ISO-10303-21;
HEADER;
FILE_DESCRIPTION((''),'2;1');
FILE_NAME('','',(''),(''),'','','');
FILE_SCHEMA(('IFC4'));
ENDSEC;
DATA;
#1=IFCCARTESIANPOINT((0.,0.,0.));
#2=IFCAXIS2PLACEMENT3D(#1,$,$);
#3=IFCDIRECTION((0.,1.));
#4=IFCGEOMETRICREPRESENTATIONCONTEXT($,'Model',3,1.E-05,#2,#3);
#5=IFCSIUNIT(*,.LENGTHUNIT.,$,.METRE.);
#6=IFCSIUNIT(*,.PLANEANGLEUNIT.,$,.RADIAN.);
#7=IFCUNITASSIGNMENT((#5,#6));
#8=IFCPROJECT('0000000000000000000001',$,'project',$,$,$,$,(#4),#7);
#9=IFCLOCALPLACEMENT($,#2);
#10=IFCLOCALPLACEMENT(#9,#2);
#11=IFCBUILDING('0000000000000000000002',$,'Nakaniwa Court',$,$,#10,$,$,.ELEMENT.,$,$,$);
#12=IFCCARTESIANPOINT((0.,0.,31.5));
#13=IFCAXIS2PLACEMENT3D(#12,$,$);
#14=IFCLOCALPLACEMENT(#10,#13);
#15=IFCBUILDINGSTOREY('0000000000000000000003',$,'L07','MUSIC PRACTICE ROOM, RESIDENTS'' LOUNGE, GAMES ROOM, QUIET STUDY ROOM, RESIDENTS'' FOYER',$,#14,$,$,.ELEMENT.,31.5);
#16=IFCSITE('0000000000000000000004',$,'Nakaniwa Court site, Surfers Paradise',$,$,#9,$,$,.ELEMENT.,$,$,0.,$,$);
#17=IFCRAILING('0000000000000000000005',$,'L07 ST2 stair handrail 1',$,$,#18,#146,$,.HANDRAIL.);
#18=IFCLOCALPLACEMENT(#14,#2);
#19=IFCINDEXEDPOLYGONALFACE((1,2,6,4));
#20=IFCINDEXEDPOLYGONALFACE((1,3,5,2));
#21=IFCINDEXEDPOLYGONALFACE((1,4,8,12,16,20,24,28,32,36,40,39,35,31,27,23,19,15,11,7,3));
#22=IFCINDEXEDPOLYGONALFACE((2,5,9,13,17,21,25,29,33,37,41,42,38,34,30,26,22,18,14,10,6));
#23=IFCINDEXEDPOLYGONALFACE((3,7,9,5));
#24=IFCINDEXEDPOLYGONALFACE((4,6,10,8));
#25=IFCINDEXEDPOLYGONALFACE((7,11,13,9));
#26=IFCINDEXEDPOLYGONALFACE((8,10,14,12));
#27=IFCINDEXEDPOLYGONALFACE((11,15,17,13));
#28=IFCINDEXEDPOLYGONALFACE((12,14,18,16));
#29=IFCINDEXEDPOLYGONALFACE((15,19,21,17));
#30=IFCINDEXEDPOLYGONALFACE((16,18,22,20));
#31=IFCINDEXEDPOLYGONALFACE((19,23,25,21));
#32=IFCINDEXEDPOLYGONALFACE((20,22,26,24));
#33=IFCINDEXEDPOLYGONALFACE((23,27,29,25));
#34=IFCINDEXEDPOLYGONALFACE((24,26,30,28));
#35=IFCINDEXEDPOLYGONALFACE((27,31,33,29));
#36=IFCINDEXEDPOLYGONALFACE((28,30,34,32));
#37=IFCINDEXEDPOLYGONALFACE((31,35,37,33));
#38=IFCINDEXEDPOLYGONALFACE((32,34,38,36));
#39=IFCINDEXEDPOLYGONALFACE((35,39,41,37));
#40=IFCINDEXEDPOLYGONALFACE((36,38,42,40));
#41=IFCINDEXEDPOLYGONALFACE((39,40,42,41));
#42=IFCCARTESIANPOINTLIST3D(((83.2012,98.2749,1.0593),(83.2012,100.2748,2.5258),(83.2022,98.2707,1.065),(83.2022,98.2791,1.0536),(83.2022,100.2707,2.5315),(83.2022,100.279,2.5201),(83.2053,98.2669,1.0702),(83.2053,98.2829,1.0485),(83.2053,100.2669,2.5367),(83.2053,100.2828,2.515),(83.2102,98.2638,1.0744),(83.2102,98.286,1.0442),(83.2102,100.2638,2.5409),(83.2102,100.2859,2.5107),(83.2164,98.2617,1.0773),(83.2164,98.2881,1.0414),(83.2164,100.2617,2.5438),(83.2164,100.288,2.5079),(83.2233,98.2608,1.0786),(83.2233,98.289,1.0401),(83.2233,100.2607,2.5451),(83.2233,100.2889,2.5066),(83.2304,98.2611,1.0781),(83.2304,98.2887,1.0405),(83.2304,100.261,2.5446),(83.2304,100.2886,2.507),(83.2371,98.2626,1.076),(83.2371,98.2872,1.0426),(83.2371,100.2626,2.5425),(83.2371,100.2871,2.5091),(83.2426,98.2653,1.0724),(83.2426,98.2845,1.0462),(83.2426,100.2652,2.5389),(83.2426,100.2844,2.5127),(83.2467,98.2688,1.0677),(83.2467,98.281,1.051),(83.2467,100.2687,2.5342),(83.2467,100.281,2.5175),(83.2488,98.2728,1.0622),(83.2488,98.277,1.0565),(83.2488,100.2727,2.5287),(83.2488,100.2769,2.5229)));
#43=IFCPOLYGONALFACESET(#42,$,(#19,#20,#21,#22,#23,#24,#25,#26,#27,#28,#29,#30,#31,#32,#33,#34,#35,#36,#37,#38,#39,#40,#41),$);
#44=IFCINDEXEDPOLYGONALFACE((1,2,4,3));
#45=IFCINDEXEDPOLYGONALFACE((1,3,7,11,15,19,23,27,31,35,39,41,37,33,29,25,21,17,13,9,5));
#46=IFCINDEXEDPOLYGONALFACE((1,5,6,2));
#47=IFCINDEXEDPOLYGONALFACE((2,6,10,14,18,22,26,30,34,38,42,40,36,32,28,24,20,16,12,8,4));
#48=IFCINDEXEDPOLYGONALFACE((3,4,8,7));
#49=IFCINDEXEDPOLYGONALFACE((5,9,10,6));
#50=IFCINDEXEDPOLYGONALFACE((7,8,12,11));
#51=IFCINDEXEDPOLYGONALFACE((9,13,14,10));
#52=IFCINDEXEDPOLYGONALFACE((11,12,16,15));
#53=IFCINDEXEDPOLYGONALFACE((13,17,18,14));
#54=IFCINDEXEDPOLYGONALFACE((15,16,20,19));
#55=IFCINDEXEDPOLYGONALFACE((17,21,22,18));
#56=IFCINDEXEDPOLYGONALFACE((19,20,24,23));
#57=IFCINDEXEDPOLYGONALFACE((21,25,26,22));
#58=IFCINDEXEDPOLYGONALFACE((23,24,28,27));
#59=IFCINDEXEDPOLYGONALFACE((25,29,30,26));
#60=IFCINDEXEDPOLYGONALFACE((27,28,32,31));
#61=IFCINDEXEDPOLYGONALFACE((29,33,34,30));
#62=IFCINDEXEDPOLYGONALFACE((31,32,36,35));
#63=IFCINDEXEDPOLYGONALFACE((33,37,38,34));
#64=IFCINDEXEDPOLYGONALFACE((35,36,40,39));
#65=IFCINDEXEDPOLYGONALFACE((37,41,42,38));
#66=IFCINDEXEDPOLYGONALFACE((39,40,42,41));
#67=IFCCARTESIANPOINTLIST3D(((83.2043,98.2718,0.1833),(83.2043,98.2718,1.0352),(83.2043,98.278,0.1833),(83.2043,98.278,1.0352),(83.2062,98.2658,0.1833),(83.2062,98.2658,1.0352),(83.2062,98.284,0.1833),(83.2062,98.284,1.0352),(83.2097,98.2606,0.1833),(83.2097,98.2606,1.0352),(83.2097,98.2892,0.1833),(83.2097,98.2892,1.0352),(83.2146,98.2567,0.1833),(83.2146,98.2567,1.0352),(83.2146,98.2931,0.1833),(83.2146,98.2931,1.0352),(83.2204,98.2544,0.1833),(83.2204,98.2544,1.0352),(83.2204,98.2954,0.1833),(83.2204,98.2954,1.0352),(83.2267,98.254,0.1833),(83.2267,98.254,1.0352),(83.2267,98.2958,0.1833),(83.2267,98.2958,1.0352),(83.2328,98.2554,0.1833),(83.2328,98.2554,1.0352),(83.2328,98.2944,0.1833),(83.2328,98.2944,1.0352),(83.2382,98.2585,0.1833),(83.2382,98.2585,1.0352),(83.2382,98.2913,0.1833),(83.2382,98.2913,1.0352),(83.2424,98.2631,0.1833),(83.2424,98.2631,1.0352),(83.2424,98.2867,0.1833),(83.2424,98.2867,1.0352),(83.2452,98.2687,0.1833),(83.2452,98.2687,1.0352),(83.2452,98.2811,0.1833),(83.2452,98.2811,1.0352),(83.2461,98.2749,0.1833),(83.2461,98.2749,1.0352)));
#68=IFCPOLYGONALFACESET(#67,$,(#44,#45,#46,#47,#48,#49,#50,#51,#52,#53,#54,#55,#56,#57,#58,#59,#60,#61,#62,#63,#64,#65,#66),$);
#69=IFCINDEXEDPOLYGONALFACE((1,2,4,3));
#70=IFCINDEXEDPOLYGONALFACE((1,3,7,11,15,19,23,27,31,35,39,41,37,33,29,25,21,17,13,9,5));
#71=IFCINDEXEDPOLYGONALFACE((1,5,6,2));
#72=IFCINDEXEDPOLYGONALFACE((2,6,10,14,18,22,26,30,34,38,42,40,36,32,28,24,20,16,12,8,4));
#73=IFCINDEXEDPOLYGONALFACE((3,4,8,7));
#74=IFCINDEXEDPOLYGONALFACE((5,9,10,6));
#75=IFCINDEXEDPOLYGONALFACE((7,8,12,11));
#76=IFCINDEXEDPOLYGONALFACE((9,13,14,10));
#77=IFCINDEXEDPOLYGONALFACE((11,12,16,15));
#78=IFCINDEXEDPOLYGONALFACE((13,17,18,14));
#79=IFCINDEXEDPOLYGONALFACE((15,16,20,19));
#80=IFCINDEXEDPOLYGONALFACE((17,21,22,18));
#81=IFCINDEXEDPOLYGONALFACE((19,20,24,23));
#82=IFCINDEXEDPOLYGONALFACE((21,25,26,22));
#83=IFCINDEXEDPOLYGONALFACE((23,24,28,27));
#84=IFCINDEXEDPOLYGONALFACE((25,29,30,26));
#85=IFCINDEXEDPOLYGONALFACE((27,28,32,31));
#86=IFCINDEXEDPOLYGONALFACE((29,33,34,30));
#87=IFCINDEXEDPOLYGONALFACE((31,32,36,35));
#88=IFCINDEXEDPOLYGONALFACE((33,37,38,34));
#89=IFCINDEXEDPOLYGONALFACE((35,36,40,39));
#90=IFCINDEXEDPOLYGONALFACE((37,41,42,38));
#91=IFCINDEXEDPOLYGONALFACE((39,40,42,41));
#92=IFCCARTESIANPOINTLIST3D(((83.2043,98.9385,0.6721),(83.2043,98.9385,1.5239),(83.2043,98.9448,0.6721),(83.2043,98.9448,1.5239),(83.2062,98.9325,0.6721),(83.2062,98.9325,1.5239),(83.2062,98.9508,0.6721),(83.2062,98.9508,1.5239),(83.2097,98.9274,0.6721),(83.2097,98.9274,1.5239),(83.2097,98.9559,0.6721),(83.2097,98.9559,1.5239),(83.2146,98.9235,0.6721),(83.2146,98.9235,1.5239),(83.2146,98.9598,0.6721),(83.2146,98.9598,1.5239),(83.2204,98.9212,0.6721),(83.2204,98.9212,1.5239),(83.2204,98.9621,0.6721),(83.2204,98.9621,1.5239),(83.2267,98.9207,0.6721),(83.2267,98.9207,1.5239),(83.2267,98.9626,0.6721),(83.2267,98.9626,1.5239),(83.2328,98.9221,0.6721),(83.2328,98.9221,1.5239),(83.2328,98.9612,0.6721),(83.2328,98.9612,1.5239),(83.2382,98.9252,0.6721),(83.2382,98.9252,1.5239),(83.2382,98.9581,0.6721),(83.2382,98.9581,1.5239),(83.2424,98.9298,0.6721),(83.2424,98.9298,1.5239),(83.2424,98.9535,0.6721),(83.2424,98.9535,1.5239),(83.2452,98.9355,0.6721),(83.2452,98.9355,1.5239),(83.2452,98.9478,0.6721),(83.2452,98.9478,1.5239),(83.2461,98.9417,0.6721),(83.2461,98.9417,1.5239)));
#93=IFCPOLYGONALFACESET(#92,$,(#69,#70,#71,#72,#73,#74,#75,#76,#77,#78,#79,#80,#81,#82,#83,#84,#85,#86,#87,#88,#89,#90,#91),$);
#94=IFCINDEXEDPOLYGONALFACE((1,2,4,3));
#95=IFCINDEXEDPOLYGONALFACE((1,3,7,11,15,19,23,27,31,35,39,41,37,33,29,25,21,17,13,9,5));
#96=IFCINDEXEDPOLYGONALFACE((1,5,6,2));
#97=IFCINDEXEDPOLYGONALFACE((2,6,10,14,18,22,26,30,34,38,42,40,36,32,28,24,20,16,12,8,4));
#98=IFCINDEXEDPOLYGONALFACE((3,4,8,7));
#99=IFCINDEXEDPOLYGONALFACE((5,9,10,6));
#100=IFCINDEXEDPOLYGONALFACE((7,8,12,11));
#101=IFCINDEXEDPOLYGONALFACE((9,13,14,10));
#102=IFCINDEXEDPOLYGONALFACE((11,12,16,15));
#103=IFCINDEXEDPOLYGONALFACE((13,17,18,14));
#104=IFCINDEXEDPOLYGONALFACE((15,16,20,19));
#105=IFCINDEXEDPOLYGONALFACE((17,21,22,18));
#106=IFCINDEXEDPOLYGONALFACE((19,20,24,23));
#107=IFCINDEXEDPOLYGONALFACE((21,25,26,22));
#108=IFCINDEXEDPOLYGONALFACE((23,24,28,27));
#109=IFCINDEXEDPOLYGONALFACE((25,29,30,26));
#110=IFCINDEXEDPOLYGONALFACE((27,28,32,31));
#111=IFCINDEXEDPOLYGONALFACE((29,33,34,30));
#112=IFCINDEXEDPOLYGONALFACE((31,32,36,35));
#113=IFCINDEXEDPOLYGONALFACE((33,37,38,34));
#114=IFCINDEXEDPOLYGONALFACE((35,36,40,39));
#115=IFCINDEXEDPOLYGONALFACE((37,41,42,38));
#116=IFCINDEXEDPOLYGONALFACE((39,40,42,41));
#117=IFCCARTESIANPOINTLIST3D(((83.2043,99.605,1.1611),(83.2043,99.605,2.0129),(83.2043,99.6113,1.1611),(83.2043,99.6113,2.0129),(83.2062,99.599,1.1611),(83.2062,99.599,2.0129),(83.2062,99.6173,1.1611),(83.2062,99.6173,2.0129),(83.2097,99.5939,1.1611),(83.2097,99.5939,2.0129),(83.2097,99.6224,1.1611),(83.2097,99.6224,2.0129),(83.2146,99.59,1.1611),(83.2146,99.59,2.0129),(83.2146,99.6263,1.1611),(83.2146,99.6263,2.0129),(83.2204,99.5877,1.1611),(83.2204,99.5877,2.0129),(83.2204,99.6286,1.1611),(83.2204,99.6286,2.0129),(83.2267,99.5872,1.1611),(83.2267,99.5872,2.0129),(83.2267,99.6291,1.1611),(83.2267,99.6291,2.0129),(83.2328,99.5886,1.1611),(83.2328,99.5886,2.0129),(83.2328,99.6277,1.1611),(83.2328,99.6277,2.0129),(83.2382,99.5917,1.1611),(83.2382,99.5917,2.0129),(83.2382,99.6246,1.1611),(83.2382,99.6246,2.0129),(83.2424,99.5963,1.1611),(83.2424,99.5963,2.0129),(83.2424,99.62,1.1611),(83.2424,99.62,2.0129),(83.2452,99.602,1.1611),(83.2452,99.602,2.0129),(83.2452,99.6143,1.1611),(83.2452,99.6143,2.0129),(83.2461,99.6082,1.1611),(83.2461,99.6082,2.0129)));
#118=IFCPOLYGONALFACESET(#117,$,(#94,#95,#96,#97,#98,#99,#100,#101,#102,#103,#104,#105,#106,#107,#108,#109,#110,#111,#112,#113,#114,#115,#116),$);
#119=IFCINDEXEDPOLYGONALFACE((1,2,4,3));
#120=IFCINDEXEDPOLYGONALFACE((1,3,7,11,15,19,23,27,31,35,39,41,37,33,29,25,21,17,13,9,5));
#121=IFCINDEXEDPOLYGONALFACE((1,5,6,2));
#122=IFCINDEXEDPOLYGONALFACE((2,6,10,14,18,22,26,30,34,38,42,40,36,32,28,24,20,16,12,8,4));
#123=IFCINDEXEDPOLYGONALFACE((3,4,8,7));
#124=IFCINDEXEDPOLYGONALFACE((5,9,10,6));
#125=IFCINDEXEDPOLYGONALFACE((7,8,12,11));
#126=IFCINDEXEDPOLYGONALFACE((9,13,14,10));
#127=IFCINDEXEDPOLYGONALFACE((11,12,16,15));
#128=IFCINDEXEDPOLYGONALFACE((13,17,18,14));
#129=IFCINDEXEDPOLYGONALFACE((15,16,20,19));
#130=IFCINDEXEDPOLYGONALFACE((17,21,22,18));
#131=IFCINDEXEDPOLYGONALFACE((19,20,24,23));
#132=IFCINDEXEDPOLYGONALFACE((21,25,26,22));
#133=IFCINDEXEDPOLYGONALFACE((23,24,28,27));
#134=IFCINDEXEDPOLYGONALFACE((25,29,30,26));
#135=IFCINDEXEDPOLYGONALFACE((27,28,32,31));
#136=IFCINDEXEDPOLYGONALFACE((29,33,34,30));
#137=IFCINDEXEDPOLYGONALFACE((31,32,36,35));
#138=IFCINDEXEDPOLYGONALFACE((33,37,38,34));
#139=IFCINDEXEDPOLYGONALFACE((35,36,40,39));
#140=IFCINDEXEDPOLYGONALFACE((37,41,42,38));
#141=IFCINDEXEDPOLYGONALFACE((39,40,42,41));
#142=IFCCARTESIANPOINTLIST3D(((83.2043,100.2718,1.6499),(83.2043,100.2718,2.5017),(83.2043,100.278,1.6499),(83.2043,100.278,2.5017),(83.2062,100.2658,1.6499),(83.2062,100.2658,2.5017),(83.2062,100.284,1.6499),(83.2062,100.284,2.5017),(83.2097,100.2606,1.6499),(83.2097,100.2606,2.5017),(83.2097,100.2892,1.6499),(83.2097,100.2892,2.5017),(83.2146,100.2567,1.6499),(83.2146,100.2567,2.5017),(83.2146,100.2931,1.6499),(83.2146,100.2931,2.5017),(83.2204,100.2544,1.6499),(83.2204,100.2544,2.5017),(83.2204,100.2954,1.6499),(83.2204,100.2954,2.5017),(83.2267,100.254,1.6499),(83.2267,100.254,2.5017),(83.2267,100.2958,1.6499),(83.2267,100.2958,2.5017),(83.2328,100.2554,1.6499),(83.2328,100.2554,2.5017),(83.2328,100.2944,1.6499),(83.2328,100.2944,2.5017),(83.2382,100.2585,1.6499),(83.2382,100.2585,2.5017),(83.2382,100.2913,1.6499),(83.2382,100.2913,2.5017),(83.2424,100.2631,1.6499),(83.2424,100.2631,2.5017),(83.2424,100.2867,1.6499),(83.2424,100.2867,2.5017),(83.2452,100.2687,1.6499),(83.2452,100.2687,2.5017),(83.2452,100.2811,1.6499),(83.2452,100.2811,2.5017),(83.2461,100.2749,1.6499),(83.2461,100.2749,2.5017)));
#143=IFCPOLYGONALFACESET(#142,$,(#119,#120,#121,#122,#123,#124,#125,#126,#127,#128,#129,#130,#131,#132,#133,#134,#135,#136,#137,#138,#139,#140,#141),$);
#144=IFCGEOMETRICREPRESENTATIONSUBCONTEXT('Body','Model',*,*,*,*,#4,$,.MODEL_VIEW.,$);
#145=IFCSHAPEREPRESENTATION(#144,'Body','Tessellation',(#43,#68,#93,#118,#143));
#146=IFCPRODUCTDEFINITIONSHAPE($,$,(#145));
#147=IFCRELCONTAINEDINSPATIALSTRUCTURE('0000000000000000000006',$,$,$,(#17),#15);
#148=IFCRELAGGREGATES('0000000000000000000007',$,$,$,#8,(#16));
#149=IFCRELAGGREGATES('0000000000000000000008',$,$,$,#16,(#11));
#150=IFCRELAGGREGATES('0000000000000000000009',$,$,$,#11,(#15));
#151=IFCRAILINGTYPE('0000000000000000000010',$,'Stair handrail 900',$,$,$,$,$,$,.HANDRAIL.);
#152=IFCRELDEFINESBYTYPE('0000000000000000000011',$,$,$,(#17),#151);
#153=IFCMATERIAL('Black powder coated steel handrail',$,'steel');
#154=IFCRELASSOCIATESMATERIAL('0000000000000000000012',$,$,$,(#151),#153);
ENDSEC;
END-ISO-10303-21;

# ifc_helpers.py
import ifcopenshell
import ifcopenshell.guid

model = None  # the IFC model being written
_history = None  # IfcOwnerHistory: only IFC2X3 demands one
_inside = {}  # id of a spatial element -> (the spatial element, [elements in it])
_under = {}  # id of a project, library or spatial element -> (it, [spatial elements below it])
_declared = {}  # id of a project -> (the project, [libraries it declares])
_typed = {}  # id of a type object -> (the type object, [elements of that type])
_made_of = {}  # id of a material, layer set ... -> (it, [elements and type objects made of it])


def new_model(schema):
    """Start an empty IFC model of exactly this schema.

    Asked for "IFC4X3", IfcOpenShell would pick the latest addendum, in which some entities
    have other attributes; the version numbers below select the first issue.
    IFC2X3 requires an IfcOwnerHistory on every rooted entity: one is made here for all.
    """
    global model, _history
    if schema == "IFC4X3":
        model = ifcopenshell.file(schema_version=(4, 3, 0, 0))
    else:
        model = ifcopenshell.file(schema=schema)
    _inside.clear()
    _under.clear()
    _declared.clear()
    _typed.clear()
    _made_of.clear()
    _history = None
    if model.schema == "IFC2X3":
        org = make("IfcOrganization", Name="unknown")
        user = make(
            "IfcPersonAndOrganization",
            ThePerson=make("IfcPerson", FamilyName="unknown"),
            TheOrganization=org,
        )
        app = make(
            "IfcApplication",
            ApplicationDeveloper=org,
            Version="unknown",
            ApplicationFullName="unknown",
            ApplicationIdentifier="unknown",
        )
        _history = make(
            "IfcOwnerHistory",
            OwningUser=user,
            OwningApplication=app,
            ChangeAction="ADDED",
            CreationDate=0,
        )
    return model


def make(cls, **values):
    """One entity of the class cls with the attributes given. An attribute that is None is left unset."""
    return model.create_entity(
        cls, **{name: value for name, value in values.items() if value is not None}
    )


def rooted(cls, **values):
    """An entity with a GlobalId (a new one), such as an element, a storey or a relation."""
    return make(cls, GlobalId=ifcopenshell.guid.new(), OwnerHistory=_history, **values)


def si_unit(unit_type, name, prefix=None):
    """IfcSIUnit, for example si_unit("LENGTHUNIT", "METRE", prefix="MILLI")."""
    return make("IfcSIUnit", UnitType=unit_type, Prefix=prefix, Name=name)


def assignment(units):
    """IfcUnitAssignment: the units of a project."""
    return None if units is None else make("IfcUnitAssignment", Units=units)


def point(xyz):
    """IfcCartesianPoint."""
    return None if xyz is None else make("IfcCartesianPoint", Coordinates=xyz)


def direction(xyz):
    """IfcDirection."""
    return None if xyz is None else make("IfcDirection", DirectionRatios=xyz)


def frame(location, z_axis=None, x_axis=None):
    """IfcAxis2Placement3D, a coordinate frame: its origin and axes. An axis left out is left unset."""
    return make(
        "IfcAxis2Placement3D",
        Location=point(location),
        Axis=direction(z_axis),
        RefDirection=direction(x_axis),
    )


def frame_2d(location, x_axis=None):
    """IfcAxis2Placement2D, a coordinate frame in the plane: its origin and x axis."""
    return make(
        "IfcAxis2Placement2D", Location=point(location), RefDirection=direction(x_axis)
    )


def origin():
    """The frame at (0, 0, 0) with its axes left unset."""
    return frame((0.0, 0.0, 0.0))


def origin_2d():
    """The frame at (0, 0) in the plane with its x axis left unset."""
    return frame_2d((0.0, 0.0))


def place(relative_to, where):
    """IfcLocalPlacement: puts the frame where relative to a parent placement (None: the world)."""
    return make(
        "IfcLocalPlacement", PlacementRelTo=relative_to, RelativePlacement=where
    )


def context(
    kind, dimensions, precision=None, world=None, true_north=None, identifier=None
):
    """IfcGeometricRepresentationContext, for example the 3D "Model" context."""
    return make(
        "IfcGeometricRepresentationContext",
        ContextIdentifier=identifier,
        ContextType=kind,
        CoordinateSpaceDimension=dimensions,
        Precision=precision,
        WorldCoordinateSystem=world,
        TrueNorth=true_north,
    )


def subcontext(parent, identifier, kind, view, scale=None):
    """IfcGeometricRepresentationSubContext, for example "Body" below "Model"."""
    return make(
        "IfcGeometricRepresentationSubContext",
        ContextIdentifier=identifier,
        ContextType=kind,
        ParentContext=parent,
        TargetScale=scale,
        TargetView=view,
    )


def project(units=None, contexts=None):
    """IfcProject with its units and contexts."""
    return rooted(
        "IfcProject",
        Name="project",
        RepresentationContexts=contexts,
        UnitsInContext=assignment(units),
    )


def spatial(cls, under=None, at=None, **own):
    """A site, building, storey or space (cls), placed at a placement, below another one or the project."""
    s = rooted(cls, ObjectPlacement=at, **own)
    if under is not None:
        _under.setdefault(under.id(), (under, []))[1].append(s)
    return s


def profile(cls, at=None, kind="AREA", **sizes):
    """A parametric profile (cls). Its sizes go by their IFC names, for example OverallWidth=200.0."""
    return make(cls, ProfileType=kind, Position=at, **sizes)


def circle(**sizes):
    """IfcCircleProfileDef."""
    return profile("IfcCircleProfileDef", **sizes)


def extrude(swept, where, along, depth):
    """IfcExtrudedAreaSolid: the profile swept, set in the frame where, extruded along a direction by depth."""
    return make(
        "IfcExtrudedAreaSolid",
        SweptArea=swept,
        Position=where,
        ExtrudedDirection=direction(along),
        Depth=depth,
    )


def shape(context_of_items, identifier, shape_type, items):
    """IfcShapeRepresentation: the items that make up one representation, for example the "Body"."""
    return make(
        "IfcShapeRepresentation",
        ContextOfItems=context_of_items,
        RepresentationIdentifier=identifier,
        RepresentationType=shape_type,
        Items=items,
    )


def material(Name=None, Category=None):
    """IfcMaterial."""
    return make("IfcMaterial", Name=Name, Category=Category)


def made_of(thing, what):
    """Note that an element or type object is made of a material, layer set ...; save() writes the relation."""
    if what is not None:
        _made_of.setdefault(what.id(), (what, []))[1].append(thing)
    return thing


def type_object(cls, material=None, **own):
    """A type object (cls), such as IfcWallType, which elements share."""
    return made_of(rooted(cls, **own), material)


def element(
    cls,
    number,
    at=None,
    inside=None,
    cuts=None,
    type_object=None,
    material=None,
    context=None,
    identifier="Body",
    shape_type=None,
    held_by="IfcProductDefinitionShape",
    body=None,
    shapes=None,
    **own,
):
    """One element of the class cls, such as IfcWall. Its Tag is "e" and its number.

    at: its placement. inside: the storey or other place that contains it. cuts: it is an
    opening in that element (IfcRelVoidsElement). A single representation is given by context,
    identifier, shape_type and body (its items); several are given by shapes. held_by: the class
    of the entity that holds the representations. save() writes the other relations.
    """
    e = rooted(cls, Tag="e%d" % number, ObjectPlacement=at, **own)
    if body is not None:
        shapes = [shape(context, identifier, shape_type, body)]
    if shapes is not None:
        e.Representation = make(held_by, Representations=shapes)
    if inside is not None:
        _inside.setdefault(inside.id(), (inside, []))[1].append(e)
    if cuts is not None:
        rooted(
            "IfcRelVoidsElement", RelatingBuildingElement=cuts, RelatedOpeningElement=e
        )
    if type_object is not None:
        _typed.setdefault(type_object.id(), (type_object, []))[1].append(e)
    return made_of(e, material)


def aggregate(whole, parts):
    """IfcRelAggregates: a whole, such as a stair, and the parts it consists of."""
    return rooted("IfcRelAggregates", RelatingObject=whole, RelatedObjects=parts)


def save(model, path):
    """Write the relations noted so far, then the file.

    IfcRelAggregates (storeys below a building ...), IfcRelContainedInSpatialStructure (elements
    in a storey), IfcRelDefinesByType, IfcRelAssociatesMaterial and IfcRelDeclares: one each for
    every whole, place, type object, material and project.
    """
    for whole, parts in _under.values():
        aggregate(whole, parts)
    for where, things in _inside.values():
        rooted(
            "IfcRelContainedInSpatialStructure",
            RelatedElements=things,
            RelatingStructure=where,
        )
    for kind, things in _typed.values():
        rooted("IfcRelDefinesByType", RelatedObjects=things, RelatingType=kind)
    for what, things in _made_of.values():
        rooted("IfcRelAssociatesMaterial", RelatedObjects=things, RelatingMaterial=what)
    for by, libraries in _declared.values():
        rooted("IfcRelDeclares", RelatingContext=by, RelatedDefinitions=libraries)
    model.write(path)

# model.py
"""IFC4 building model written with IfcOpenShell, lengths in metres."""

from ifc_helpers import new_model, si_unit, direction, frame, origin, origin_2d, place, context, subcontext, project, spatial, circle, extrude, material, type_object, element, save


model = new_model("IFC4")

# Units and contexts
model_context = context("Model", 3, precision=1e-05, world=origin(), true_north=direction((0.0, 1.0)))
body_context = subcontext(model_context, "Body", "Model", "MODEL_VIEW")
ifc_project = project(units=[si_unit("LENGTHUNIT", "METRE"), si_unit("PLANEANGLEUNIT", "RADIAN")], contexts=[model_context])

# Site, building, storey
site_placement = place(None, origin())
site = spatial("IfcSite", under=ifc_project, at=site_placement, Name="Nakaniwa Court site, Surfers Paradise", CompositionType="ELEMENT", RefElevation=0.0)
building_placement = place(site_placement, origin())
building = spatial("IfcBuilding", under=site, at=building_placement, Name="Nakaniwa Court", CompositionType="ELEMENT")
storey_placement = place(building_placement, frame((0.0, 0.0, 31.5)))
storey = spatial("IfcBuildingStorey", under=building, at=storey_placement, Name="L07", Description="MUSIC PRACTICE ROOM, RESIDENTS' LOUNGE, GAMES ROOM, QUIET STUDY ROOM, RESIDENTS' FOYER", CompositionType="ELEMENT", Elevation=31.5)

# Railing
ifc_material_1 = material(Name="Black powder coated steel handrail", Category="steel")
railing_type_1 = type_object("IfcRailingType", Name="Stair handrail 900", PredefinedType="HANDRAIL", material=ifc_material_1)
railing_1_placement = place(storey_placement, frame((83.2251, 98.2749, 0.1833)))
element("IfcRailing", 1, at=railing_1_placement, inside=storey, type_object=railing_type_1, Name="L07 ST2 stair handrail 1", PredefinedType="HANDRAIL", context=body_context, shape_type="SweptSolid", body=[
    extrude(circle(Radius=0.0239, at=origin_2d()), frame((0.0, 0.0, 0.876), z_axis=(0.0, 0.806427, 0.591334), x_axis=(-1.0, 0.0, 0.0)), (0.0, 0.0, 1.0), 2.48),
    extrude(circle(Radius=0.021, at=origin_2d()), origin(), (0.0, 0.0, 1.0), 0.8518),
    extrude(circle(Radius=0.021, at=origin_2d()), frame((0.0, 0.6667, 0.4888)), (0.0, 0.0, 1.0), 0.8518),
    extrude(circle(Radius=0.021, at=origin_2d()), frame((0.0, 1.3333, 0.9778)), (0.0, 0.0, 1.0), 0.8518),
    extrude(circle(Radius=0.021, at=origin_2d()), frame((0.0, 2.0, 1.4666)), (0.0, 0.0, 1.0), 0.8518),
])

save(model, "model.ifc")
